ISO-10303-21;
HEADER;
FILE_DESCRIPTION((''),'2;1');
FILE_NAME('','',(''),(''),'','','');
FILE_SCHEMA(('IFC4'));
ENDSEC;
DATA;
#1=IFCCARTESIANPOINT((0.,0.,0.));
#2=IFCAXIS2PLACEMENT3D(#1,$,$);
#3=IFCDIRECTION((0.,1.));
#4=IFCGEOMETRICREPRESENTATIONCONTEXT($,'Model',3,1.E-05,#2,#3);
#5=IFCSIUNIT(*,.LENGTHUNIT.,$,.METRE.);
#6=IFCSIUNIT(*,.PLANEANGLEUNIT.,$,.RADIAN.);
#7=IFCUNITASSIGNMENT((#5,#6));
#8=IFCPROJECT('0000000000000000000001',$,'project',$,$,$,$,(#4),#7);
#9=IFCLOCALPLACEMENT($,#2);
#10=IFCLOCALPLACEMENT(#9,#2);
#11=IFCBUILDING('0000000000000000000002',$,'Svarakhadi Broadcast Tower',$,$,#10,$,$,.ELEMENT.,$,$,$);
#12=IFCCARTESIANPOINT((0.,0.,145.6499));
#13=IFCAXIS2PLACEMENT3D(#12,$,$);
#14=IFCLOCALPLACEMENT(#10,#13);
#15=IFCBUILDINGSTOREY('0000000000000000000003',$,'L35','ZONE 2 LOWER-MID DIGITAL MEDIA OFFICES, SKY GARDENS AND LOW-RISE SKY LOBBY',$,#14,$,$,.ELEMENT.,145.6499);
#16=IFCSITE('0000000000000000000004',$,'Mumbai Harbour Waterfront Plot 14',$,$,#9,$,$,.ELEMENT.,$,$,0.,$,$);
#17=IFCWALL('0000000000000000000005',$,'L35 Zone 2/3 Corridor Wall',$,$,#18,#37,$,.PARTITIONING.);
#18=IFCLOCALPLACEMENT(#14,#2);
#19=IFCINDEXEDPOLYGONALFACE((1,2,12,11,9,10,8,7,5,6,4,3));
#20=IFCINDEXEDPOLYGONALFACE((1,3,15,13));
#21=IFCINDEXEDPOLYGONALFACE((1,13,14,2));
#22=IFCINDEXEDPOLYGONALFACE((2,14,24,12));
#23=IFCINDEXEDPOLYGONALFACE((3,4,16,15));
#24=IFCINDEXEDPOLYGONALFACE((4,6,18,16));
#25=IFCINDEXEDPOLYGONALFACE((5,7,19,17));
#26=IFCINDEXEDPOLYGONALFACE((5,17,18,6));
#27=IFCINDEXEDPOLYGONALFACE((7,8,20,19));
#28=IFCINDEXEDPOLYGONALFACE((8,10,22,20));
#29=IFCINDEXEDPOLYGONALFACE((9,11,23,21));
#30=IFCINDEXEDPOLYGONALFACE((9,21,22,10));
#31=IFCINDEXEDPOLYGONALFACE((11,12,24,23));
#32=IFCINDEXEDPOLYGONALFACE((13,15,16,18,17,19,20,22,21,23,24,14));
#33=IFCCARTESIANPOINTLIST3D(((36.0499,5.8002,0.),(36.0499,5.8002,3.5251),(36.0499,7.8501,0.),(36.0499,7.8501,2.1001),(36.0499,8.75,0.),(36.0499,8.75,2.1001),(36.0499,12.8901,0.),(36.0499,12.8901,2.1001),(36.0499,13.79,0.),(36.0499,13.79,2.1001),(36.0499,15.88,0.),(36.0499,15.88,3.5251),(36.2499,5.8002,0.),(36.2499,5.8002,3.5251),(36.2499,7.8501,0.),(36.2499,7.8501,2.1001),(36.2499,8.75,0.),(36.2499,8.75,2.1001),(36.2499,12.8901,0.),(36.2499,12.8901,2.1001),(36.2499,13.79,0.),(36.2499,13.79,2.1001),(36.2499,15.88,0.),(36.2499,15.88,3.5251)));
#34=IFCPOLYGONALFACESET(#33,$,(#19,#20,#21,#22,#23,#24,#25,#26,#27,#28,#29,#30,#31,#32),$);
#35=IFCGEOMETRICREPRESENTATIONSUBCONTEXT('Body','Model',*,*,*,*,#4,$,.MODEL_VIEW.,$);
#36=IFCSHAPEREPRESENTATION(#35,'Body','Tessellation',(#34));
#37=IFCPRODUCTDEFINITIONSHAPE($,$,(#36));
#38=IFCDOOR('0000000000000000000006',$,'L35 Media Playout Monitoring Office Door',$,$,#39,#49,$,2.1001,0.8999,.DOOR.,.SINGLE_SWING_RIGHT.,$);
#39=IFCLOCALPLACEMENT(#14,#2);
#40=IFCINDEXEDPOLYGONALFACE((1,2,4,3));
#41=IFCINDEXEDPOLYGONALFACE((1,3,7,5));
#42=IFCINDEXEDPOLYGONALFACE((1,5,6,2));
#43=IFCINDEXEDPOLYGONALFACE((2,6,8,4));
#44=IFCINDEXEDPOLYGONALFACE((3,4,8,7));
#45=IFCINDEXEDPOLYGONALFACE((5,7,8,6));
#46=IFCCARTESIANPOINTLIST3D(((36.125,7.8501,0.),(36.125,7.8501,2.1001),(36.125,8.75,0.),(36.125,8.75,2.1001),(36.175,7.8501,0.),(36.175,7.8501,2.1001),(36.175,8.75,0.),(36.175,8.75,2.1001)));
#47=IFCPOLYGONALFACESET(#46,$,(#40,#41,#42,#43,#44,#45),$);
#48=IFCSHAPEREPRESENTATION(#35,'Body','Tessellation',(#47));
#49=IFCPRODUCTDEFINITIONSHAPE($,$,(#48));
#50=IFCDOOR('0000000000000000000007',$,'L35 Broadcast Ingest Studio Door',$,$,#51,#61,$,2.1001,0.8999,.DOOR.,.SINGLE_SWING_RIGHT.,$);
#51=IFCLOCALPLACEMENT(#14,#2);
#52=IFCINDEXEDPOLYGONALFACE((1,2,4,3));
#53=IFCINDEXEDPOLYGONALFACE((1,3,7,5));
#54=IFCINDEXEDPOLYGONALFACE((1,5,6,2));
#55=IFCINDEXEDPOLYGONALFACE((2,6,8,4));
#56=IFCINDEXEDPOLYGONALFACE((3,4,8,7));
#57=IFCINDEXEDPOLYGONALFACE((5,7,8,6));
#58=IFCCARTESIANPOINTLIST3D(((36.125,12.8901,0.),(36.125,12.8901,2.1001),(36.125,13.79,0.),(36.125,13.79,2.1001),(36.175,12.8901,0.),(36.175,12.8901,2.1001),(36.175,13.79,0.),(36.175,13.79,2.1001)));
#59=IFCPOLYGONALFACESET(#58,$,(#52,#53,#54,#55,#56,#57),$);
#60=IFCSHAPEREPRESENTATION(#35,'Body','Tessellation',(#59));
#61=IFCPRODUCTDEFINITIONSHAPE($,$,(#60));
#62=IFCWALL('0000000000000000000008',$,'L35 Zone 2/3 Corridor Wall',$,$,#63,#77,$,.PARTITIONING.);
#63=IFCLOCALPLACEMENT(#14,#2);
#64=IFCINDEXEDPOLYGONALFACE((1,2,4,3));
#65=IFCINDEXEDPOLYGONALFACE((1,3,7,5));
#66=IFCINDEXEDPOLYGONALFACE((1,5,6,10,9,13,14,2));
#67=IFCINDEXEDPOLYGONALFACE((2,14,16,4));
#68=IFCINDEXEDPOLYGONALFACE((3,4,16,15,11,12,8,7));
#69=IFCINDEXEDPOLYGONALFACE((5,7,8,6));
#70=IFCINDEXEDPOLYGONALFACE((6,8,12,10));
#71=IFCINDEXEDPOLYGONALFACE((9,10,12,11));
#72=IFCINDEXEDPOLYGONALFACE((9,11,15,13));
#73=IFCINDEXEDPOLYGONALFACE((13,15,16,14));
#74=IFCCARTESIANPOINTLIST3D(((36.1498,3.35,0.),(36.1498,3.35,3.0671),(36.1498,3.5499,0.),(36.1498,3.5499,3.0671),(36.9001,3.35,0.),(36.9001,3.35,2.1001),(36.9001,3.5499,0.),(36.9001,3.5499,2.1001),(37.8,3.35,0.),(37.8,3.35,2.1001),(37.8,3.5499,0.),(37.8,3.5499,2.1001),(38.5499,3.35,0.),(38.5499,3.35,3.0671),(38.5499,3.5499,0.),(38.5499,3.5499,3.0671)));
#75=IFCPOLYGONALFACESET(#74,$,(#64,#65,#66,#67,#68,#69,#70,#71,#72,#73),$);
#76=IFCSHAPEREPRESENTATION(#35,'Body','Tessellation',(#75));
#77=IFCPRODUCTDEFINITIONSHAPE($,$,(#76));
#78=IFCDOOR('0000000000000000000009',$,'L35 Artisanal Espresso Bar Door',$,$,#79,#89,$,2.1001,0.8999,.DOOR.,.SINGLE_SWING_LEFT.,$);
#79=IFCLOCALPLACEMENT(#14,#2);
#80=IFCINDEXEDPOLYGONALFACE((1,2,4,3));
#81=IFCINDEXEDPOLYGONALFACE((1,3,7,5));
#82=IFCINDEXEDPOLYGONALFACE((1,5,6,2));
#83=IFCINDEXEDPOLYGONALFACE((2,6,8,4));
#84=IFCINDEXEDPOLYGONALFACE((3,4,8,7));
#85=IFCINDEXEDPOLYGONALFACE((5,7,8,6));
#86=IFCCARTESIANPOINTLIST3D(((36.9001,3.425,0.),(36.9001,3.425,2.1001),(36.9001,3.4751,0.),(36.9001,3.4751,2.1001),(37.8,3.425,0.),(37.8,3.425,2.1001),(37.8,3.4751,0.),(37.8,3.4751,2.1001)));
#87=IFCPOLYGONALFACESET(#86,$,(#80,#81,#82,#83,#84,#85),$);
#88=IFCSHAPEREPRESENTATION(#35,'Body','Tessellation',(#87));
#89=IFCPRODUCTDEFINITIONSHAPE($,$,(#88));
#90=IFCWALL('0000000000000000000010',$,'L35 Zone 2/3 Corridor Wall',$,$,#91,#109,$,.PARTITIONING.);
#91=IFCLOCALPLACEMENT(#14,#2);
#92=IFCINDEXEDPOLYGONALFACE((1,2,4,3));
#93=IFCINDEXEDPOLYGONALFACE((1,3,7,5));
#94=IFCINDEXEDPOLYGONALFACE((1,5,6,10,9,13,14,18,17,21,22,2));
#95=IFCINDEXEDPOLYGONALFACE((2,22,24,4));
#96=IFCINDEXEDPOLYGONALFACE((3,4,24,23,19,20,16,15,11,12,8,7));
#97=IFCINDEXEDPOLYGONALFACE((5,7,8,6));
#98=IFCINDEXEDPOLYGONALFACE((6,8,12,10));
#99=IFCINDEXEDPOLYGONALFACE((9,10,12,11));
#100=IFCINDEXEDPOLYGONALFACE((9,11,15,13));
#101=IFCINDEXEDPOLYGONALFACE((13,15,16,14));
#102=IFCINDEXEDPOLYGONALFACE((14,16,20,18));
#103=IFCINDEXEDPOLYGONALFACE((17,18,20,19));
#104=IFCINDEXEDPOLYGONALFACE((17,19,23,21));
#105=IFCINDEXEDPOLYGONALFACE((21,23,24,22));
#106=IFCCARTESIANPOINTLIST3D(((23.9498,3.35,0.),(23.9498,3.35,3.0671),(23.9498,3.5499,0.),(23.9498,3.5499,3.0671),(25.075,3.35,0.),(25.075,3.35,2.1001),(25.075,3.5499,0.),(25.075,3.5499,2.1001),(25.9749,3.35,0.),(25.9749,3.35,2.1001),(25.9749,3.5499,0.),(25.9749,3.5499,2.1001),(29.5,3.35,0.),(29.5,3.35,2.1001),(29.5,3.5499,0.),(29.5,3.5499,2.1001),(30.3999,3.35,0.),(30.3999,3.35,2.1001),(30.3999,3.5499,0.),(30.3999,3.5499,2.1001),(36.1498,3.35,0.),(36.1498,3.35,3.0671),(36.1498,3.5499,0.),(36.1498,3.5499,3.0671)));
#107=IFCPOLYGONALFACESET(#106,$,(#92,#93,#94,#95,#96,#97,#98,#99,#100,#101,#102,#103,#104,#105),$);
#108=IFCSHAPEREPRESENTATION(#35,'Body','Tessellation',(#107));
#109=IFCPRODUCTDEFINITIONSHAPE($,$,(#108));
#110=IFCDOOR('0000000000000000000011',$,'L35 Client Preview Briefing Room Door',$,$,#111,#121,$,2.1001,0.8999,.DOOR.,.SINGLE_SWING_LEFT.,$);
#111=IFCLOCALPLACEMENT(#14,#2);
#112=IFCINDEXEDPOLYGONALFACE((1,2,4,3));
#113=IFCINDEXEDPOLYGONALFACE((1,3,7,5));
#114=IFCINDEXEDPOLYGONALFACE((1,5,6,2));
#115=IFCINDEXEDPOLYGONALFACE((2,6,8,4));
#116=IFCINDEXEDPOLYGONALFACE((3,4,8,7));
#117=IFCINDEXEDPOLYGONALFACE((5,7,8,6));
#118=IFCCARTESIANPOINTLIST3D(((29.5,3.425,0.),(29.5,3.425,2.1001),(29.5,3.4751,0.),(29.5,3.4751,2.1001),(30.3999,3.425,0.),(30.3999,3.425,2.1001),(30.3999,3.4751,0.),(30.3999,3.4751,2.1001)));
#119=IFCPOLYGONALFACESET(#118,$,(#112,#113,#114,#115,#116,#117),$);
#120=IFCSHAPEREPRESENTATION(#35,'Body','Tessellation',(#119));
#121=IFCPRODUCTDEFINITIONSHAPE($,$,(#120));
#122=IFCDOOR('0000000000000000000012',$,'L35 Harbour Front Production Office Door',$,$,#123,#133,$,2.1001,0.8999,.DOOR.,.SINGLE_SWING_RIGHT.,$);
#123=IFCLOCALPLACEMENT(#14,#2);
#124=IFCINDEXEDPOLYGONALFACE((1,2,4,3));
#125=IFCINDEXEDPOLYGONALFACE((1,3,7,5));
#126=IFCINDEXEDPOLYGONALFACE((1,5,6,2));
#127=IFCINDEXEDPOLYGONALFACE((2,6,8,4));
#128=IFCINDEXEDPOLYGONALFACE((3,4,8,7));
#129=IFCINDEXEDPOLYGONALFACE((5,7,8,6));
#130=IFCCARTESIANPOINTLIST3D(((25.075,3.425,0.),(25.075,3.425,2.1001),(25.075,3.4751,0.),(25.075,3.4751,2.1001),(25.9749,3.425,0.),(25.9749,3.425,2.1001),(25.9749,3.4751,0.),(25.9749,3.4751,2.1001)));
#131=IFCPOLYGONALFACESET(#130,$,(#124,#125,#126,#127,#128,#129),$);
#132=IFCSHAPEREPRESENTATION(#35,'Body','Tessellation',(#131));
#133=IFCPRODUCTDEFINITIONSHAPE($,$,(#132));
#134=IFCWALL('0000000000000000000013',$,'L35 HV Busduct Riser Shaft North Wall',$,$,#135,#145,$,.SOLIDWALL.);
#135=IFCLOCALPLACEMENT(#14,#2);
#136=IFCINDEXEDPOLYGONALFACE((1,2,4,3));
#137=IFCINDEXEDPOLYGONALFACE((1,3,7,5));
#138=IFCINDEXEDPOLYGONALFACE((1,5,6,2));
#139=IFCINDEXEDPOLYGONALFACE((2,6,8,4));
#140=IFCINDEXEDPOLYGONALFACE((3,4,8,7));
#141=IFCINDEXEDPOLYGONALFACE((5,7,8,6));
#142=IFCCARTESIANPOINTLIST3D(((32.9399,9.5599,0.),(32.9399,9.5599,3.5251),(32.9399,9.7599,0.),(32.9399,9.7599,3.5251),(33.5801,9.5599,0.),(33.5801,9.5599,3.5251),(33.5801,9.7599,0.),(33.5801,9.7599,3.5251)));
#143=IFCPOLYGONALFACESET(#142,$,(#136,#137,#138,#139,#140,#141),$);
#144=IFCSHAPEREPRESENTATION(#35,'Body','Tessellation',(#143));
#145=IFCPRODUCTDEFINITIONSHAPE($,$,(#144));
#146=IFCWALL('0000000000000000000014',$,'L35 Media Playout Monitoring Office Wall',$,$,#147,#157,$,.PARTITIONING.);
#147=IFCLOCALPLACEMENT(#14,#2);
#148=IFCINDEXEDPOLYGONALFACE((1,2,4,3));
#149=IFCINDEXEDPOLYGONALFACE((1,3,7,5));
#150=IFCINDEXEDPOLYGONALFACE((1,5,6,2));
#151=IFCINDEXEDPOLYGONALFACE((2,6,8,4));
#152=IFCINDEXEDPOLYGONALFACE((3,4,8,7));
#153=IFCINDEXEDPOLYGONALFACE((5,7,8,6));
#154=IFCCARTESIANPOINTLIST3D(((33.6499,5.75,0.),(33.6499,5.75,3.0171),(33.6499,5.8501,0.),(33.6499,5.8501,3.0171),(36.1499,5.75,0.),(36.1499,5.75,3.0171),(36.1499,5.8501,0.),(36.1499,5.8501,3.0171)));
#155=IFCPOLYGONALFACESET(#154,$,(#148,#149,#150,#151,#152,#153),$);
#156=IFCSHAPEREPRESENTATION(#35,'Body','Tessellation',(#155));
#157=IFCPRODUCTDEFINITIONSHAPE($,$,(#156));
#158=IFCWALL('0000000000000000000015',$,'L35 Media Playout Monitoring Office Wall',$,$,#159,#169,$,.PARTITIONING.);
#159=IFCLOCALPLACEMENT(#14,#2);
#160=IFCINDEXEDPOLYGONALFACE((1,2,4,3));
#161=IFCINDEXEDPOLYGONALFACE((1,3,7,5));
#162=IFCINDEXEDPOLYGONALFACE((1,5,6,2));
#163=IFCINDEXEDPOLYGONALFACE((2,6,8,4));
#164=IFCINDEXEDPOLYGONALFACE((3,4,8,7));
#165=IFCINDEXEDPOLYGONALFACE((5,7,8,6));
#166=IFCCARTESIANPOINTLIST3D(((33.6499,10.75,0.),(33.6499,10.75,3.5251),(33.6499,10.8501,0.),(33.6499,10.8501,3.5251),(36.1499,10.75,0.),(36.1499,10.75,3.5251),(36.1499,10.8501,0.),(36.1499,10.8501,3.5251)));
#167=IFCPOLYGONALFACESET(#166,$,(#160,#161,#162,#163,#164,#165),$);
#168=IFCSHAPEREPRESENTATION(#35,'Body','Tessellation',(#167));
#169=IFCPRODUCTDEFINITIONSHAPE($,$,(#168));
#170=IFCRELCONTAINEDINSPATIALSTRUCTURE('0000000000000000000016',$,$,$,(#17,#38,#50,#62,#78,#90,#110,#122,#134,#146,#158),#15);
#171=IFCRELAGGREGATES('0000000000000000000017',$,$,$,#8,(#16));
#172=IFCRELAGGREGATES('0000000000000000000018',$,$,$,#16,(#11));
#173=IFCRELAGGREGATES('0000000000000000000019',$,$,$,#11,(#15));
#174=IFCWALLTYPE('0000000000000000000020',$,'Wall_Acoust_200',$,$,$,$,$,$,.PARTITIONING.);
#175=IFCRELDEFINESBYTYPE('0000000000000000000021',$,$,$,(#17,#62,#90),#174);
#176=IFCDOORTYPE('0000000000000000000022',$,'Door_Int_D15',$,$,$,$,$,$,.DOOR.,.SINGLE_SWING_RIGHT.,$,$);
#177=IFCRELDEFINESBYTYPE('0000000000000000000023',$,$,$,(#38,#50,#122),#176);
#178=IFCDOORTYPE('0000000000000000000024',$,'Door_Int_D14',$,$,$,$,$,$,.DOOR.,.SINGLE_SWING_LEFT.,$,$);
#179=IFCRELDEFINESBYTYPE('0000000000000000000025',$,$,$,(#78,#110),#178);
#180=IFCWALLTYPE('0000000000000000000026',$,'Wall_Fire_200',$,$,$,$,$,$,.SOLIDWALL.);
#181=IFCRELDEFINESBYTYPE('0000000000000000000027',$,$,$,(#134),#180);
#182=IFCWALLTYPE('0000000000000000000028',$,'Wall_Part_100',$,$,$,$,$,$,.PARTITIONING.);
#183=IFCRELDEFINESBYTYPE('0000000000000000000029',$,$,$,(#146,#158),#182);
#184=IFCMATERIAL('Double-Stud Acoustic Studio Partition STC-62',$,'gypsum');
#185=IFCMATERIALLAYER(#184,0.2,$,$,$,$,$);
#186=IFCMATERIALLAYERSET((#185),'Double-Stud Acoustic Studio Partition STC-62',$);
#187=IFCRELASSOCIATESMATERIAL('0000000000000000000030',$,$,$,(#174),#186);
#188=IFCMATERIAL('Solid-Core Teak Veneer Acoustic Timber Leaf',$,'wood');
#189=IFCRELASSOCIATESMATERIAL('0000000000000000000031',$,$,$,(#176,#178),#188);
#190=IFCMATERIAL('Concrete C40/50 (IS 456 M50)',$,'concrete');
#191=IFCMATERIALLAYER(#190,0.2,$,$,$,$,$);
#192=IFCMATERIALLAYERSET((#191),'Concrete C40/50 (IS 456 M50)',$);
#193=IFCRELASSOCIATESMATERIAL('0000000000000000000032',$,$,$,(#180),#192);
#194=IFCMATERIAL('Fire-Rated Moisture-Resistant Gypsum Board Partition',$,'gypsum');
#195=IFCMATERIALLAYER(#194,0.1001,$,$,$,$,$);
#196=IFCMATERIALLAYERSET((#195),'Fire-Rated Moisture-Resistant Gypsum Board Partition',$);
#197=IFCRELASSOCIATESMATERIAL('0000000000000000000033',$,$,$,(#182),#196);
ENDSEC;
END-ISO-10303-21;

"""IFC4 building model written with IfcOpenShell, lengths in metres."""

from ifc_helpers import new_model, si_unit, direction, frame, frame_2d, origin, place, context, subcontext, project, spatial, rectangle, extrude, material, layer, layer_set, type_object, element, fill, save


model = new_model("IFC4")

# Units and contexts
model_context = context("Model", 3, precision=1e-05, world=origin(), true_north=direction((0.0, 1.0)))
body_context = subcontext(model_context, "Body", "Model", "MODEL_VIEW")
ifc_project = project(units=[si_unit("LENGTHUNIT", "METRE"), si_unit("PLANEANGLEUNIT", "RADIAN")], contexts=[model_context])

# Site, building, storey
site_placement = place(None, origin())
site = spatial("IfcSite", under=ifc_project, at=site_placement, Name="Mumbai Harbour Waterfront Plot 14", CompositionType="ELEMENT", RefElevation=0.0)
building_placement = place(site_placement, origin())
building = spatial("IfcBuilding", under=site, at=building_placement, Name="Svarakhadi Broadcast Tower", CompositionType="ELEMENT")
storey_placement = place(building_placement, frame((0.0, 0.0, 145.6499)))
storey = spatial("IfcBuildingStorey", under=building, at=storey_placement, Name="L35", Description="ZONE 2 LOWER-MID DIGITAL MEDIA OFFICES, SKY GARDENS AND LOW-RISE SKY LOBBY", CompositionType="ELEMENT", Elevation=145.6499)

# Wall, openings, doors
ifc_material_1 = material(Name="Double-Stud Acoustic Studio Partition STC-62", Category="gypsum")
ifc_layer_1 = layer(ifc_material_1, 0.2)
ifc_layer_set_1 = layer_set([ifc_layer_1], Name="Double-Stud Acoustic Studio Partition STC-62")
wall_type_1 = type_object("IfcWallType", Name="Wall_Acoust_200", PredefinedType="PARTITIONING", material=ifc_layer_set_1)
wall_1_placement = place(storey_placement, frame((36.1499, 5.8, 0.0), z_axis=(0.0, 0.0, 1.0), x_axis=(0.0, 1.0, 0.0)))
wall_1 = element("IfcWall", 1, at=wall_1_placement, inside=storey, type_object=wall_type_1, Name="L35 Zone 2/3 Corridor Wall", PredefinedType="PARTITIONING", context=body_context, shape_type="SweptSolid", body=[
    extrude(rectangle(XDim=10.0798, YDim=0.2, at=frame_2d((5.04, 0.0))), origin(), (0.0, 0.0, 1.0), 3.5251),
])
opening_1_placement = place(wall_1_placement, frame((2.05, 0.0, 0.0)))
opening_1 = element("IfcOpeningElement", 2, at=opening_1_placement, cuts=wall_1, PredefinedType="OPENING", context=body_context, shape_type="SweptSolid", body=[
    extrude(rectangle(XDim=0.8999, YDim=2.1001, at=frame_2d((0.45, 1.05))), frame((0.0, 0.1099, 0.0), z_axis=(0.0, -1.0, 0.0), x_axis=(1.0, 0.0, 0.0)), (0.0, 0.0, 1.0), 0.22),
])
opening_2_placement = place(wall_1_placement, frame((7.0901, 0.0, 0.0)))
opening_2 = element("IfcOpeningElement", 3, at=opening_2_placement, cuts=wall_1, PredefinedType="OPENING", context=body_context, shape_type="SweptSolid", body=[
    extrude(rectangle(XDim=0.8999, YDim=2.1001, at=frame_2d((0.45, 1.05))), frame((0.0, 0.1099, 0.0), z_axis=(0.0, -1.0, 0.0), x_axis=(1.0, 0.0, 0.0)), (0.0, 0.0, 1.0), 0.22),
])
ifc_material_2 = material(Name="Solid-Core Teak Veneer Acoustic Timber Leaf", Category="wood")
door_type_1 = type_object("IfcDoorType", Name="Door_Int_D15", OperationType="SINGLE_SWING_RIGHT", PredefinedType="DOOR", material=ifc_material_2)
door_1_placement = place(opening_1_placement, origin())
door_1 = element("IfcDoor", 4, at=door_1_placement, inside=storey, type_object=door_type_1, Name="L35 Media Playout Monitoring Office Door", OperationType="SINGLE_SWING_RIGHT", OverallHeight=2.1001, OverallWidth=0.8999, PredefinedType="DOOR", context=body_context, shape_type="SweptSolid", body=[
    extrude(rectangle(XDim=0.8999, YDim=2.1001, at=frame_2d((0.45, 1.05))), frame((0.0, 0.0249, 0.0), z_axis=(0.0, -1.0, 0.0), x_axis=(1.0, 0.0, 0.0)), (0.0, 0.0, 1.0), 0.05),
])
fill(opening_1, door_1)
door_2_placement = place(opening_2_placement, origin())
door_2 = element("IfcDoor", 5, at=door_2_placement, inside=storey, type_object=door_type_1, Name="L35 Broadcast Ingest Studio Door", OperationType="SINGLE_SWING_RIGHT", OverallHeight=2.1001, OverallWidth=0.8999, PredefinedType="DOOR", context=body_context, shape_type="SweptSolid", body=[
    extrude(rectangle(XDim=0.8999, YDim=2.1001, at=frame_2d((0.45, 1.05))), frame((0.0, 0.0249, 0.0), z_axis=(0.0, -1.0, 0.0), x_axis=(1.0, 0.0, 0.0)), (0.0, 0.0, 1.0), 0.05),
])
fill(opening_2, door_2)

# Wall, opening, door
wall_2_placement = place(storey_placement, frame((38.55, 3.45, 0.0), z_axis=(0.0, 0.0, 1.0), x_axis=(-1.0, 0.0, 0.0)))
wall_2 = element("IfcWall", 6, at=wall_2_placement, inside=storey, type_object=wall_type_1, Name="L35 Zone 2/3 Corridor Wall", PredefinedType="PARTITIONING", context=body_context, shape_type="SweptSolid", body=[
    extrude(rectangle(XDim=2.4001, YDim=0.2, at=frame_2d((1.2002, 0.0))), origin(), (0.0, 0.0, 1.0), 3.0671),
])
opening_3_placement = place(wall_2_placement, frame((0.75, 0.0, 0.0)))
opening_3 = element("IfcOpeningElement", 7, at=opening_3_placement, cuts=wall_2, PredefinedType="OPENING", context=body_context, shape_type="SweptSolid", body=[
    extrude(rectangle(XDim=0.8999, YDim=2.1001, at=frame_2d((0.45, 1.05))), frame((0.0, 0.1099, 0.0), z_axis=(0.0, -1.0, 0.0), x_axis=(1.0, 0.0, 0.0)), (0.0, 0.0, 1.0), 0.22),
])
door_type_2 = type_object("IfcDoorType", Name="Door_Int_D14", OperationType="SINGLE_SWING_LEFT", PredefinedType="DOOR", material=ifc_material_2)
door_3_placement = place(opening_3_placement, origin())
door_3 = element("IfcDoor", 8, at=door_3_placement, inside=storey, type_object=door_type_2, Name="L35 Artisanal Espresso Bar Door", OperationType="SINGLE_SWING_LEFT", OverallHeight=2.1001, OverallWidth=0.8999, PredefinedType="DOOR", context=body_context, shape_type="SweptSolid", body=[
    extrude(rectangle(XDim=0.8999, YDim=2.1001, at=frame_2d((0.45, 1.05))), frame((0.0, 0.0249, 0.0), z_axis=(0.0, -1.0, 0.0), x_axis=(1.0, 0.0, 0.0)), (0.0, 0.0, 1.0), 0.05),
])
fill(opening_3, door_3)

# Wall, openings, doors
wall_3_placement = place(storey_placement, frame((36.1499, 3.45, 0.0), z_axis=(0.0, 0.0, 1.0), x_axis=(-1.0, 0.0, 0.0)))
wall_3 = element("IfcWall", 9, at=wall_3_placement, inside=storey, type_object=wall_type_1, Name="L35 Zone 2/3 Corridor Wall", PredefinedType="PARTITIONING", context=body_context, shape_type="SweptSolid", body=[
    extrude(rectangle(XDim=12.2, YDim=0.2, at=frame_2d((6.1001, 0.0))), origin(), (0.0, 0.0, 1.0), 3.0671),
])
opening_4_placement = place(wall_3_placement, frame((10.175, 0.0, 0.0)))
opening_4 = element("IfcOpeningElement", 10, at=opening_4_placement, cuts=wall_3, PredefinedType="OPENING", context=body_context, shape_type="SweptSolid", body=[
    extrude(rectangle(XDim=0.8999, YDim=2.1001, at=frame_2d((0.45, 1.05))), frame((0.0, 0.1099, 0.0), z_axis=(0.0, -1.0, 0.0), x_axis=(1.0, 0.0, 0.0)), (0.0, 0.0, 1.0), 0.22),
])
opening_5_placement = place(wall_3_placement, frame((5.75, 0.0, 0.0)))
opening_5 = element("IfcOpeningElement", 11, at=opening_5_placement, cuts=wall_3, PredefinedType="OPENING", context=body_context, shape_type="SweptSolid", body=[
    extrude(rectangle(XDim=0.8999, YDim=2.1001, at=frame_2d((0.45, 1.05))), frame((0.0, 0.1099, 0.0), z_axis=(0.0, -1.0, 0.0), x_axis=(1.0, 0.0, 0.0)), (0.0, 0.0, 1.0), 0.22),
])
door_4_placement = place(opening_5_placement, origin())
door_4 = element("IfcDoor", 12, at=door_4_placement, inside=storey, type_object=door_type_2, Name="L35 Client Preview Briefing Room Door", OperationType="SINGLE_SWING_LEFT", OverallHeight=2.1001, OverallWidth=0.8999, PredefinedType="DOOR", context=body_context, shape_type="SweptSolid", body=[
    extrude(rectangle(XDim=0.8999, YDim=2.1001, at=frame_2d((0.45, 1.05))), frame((0.0, 0.0249, 0.0), z_axis=(0.0, -1.0, 0.0), x_axis=(1.0, 0.0, 0.0)), (0.0, 0.0, 1.0), 0.05),
])
fill(opening_5, door_4)
door_5_placement = place(opening_4_placement, origin())
door_5 = element("IfcDoor", 13, at=door_5_placement, inside=storey, type_object=door_type_1, Name="L35 Harbour Front Production Office Door", OperationType="SINGLE_SWING_RIGHT", OverallHeight=2.1001, OverallWidth=0.8999, PredefinedType="DOOR", context=body_context, shape_type="SweptSolid", body=[
    extrude(rectangle(XDim=0.8999, YDim=2.1001, at=frame_2d((0.45, 1.05))), frame((0.0, 0.0249, 0.0), z_axis=(0.0, -1.0, 0.0), x_axis=(1.0, 0.0, 0.0)), (0.0, 0.0, 1.0), 0.05),
])
fill(opening_4, door_5)

# Walls
ifc_material_3 = material(Name="Concrete C40/50 (IS 456 M50)", Category="concrete")
ifc_layer_2 = layer(ifc_material_3, 0.2)
ifc_layer_set_2 = layer_set([ifc_layer_2], Name="Concrete C40/50 (IS 456 M50)")
wall_type_2 = type_object("IfcWallType", Name="Wall_Fire_200", PredefinedType="SOLIDWALL", material=ifc_layer_set_2)
wall_4_placement = place(storey_placement, frame((32.9399, 9.6599, 0.0), z_axis=(0.0, 0.0, 1.0), x_axis=(1.0, 0.0, 0.0)))
element("IfcWall", 14, at=wall_4_placement, inside=storey, type_object=wall_type_2, Name="L35 HV Busduct Riser Shaft North Wall", PredefinedType="SOLIDWALL", context=body_context, shape_type="SweptSolid", body=[
    extrude(rectangle(XDim=0.6401, YDim=0.2, at=frame_2d((0.3201, 0.0))), origin(), (0.0, 0.0, 1.0), 3.5251),
])
ifc_material_4 = material(Name="Fire-Rated Moisture-Resistant Gypsum Board Partition", Category="gypsum")
ifc_layer_3 = layer(ifc_material_4, 0.1001)
ifc_layer_set_3 = layer_set([ifc_layer_3], Name="Fire-Rated Moisture-Resistant Gypsum Board Partition")
wall_type_3 = type_object("IfcWallType", Name="Wall_Part_100", PredefinedType="PARTITIONING", material=ifc_layer_set_3)
wall_5_placement = place(storey_placement, frame((33.6499, 5.8, 0.0), z_axis=(0.0, 0.0, 1.0), x_axis=(1.0, 0.0, 0.0)))
element("IfcWall", 15, at=wall_5_placement, inside=storey, type_object=wall_type_3, Name="L35 Media Playout Monitoring Office Wall", PredefinedType="PARTITIONING", context=body_context, shape_type="SweptSolid", body=[
    extrude(rectangle(XDim=2.5, YDim=0.1001, at=frame_2d((1.25, 0.0))), origin(), (0.0, 0.0, 1.0), 3.0171),
])
wall_6_placement = place(storey_placement, frame((33.6499, 10.8, 0.0), z_axis=(0.0, 0.0, 1.0), x_axis=(1.0, 0.0, 0.0)))
element("IfcWall", 16, at=wall_6_placement, inside=storey, type_object=wall_type_3, Name="L35 Media Playout Monitoring Office Wall", PredefinedType="PARTITIONING", context=body_context, shape_type="SweptSolid", body=[
    extrude(rectangle(XDim=2.5, YDim=0.1001, at=frame_2d((1.25, 0.0))), origin(), (0.0, 0.0, 1.0), 3.5251),
])

save(model, "model.ifc")
